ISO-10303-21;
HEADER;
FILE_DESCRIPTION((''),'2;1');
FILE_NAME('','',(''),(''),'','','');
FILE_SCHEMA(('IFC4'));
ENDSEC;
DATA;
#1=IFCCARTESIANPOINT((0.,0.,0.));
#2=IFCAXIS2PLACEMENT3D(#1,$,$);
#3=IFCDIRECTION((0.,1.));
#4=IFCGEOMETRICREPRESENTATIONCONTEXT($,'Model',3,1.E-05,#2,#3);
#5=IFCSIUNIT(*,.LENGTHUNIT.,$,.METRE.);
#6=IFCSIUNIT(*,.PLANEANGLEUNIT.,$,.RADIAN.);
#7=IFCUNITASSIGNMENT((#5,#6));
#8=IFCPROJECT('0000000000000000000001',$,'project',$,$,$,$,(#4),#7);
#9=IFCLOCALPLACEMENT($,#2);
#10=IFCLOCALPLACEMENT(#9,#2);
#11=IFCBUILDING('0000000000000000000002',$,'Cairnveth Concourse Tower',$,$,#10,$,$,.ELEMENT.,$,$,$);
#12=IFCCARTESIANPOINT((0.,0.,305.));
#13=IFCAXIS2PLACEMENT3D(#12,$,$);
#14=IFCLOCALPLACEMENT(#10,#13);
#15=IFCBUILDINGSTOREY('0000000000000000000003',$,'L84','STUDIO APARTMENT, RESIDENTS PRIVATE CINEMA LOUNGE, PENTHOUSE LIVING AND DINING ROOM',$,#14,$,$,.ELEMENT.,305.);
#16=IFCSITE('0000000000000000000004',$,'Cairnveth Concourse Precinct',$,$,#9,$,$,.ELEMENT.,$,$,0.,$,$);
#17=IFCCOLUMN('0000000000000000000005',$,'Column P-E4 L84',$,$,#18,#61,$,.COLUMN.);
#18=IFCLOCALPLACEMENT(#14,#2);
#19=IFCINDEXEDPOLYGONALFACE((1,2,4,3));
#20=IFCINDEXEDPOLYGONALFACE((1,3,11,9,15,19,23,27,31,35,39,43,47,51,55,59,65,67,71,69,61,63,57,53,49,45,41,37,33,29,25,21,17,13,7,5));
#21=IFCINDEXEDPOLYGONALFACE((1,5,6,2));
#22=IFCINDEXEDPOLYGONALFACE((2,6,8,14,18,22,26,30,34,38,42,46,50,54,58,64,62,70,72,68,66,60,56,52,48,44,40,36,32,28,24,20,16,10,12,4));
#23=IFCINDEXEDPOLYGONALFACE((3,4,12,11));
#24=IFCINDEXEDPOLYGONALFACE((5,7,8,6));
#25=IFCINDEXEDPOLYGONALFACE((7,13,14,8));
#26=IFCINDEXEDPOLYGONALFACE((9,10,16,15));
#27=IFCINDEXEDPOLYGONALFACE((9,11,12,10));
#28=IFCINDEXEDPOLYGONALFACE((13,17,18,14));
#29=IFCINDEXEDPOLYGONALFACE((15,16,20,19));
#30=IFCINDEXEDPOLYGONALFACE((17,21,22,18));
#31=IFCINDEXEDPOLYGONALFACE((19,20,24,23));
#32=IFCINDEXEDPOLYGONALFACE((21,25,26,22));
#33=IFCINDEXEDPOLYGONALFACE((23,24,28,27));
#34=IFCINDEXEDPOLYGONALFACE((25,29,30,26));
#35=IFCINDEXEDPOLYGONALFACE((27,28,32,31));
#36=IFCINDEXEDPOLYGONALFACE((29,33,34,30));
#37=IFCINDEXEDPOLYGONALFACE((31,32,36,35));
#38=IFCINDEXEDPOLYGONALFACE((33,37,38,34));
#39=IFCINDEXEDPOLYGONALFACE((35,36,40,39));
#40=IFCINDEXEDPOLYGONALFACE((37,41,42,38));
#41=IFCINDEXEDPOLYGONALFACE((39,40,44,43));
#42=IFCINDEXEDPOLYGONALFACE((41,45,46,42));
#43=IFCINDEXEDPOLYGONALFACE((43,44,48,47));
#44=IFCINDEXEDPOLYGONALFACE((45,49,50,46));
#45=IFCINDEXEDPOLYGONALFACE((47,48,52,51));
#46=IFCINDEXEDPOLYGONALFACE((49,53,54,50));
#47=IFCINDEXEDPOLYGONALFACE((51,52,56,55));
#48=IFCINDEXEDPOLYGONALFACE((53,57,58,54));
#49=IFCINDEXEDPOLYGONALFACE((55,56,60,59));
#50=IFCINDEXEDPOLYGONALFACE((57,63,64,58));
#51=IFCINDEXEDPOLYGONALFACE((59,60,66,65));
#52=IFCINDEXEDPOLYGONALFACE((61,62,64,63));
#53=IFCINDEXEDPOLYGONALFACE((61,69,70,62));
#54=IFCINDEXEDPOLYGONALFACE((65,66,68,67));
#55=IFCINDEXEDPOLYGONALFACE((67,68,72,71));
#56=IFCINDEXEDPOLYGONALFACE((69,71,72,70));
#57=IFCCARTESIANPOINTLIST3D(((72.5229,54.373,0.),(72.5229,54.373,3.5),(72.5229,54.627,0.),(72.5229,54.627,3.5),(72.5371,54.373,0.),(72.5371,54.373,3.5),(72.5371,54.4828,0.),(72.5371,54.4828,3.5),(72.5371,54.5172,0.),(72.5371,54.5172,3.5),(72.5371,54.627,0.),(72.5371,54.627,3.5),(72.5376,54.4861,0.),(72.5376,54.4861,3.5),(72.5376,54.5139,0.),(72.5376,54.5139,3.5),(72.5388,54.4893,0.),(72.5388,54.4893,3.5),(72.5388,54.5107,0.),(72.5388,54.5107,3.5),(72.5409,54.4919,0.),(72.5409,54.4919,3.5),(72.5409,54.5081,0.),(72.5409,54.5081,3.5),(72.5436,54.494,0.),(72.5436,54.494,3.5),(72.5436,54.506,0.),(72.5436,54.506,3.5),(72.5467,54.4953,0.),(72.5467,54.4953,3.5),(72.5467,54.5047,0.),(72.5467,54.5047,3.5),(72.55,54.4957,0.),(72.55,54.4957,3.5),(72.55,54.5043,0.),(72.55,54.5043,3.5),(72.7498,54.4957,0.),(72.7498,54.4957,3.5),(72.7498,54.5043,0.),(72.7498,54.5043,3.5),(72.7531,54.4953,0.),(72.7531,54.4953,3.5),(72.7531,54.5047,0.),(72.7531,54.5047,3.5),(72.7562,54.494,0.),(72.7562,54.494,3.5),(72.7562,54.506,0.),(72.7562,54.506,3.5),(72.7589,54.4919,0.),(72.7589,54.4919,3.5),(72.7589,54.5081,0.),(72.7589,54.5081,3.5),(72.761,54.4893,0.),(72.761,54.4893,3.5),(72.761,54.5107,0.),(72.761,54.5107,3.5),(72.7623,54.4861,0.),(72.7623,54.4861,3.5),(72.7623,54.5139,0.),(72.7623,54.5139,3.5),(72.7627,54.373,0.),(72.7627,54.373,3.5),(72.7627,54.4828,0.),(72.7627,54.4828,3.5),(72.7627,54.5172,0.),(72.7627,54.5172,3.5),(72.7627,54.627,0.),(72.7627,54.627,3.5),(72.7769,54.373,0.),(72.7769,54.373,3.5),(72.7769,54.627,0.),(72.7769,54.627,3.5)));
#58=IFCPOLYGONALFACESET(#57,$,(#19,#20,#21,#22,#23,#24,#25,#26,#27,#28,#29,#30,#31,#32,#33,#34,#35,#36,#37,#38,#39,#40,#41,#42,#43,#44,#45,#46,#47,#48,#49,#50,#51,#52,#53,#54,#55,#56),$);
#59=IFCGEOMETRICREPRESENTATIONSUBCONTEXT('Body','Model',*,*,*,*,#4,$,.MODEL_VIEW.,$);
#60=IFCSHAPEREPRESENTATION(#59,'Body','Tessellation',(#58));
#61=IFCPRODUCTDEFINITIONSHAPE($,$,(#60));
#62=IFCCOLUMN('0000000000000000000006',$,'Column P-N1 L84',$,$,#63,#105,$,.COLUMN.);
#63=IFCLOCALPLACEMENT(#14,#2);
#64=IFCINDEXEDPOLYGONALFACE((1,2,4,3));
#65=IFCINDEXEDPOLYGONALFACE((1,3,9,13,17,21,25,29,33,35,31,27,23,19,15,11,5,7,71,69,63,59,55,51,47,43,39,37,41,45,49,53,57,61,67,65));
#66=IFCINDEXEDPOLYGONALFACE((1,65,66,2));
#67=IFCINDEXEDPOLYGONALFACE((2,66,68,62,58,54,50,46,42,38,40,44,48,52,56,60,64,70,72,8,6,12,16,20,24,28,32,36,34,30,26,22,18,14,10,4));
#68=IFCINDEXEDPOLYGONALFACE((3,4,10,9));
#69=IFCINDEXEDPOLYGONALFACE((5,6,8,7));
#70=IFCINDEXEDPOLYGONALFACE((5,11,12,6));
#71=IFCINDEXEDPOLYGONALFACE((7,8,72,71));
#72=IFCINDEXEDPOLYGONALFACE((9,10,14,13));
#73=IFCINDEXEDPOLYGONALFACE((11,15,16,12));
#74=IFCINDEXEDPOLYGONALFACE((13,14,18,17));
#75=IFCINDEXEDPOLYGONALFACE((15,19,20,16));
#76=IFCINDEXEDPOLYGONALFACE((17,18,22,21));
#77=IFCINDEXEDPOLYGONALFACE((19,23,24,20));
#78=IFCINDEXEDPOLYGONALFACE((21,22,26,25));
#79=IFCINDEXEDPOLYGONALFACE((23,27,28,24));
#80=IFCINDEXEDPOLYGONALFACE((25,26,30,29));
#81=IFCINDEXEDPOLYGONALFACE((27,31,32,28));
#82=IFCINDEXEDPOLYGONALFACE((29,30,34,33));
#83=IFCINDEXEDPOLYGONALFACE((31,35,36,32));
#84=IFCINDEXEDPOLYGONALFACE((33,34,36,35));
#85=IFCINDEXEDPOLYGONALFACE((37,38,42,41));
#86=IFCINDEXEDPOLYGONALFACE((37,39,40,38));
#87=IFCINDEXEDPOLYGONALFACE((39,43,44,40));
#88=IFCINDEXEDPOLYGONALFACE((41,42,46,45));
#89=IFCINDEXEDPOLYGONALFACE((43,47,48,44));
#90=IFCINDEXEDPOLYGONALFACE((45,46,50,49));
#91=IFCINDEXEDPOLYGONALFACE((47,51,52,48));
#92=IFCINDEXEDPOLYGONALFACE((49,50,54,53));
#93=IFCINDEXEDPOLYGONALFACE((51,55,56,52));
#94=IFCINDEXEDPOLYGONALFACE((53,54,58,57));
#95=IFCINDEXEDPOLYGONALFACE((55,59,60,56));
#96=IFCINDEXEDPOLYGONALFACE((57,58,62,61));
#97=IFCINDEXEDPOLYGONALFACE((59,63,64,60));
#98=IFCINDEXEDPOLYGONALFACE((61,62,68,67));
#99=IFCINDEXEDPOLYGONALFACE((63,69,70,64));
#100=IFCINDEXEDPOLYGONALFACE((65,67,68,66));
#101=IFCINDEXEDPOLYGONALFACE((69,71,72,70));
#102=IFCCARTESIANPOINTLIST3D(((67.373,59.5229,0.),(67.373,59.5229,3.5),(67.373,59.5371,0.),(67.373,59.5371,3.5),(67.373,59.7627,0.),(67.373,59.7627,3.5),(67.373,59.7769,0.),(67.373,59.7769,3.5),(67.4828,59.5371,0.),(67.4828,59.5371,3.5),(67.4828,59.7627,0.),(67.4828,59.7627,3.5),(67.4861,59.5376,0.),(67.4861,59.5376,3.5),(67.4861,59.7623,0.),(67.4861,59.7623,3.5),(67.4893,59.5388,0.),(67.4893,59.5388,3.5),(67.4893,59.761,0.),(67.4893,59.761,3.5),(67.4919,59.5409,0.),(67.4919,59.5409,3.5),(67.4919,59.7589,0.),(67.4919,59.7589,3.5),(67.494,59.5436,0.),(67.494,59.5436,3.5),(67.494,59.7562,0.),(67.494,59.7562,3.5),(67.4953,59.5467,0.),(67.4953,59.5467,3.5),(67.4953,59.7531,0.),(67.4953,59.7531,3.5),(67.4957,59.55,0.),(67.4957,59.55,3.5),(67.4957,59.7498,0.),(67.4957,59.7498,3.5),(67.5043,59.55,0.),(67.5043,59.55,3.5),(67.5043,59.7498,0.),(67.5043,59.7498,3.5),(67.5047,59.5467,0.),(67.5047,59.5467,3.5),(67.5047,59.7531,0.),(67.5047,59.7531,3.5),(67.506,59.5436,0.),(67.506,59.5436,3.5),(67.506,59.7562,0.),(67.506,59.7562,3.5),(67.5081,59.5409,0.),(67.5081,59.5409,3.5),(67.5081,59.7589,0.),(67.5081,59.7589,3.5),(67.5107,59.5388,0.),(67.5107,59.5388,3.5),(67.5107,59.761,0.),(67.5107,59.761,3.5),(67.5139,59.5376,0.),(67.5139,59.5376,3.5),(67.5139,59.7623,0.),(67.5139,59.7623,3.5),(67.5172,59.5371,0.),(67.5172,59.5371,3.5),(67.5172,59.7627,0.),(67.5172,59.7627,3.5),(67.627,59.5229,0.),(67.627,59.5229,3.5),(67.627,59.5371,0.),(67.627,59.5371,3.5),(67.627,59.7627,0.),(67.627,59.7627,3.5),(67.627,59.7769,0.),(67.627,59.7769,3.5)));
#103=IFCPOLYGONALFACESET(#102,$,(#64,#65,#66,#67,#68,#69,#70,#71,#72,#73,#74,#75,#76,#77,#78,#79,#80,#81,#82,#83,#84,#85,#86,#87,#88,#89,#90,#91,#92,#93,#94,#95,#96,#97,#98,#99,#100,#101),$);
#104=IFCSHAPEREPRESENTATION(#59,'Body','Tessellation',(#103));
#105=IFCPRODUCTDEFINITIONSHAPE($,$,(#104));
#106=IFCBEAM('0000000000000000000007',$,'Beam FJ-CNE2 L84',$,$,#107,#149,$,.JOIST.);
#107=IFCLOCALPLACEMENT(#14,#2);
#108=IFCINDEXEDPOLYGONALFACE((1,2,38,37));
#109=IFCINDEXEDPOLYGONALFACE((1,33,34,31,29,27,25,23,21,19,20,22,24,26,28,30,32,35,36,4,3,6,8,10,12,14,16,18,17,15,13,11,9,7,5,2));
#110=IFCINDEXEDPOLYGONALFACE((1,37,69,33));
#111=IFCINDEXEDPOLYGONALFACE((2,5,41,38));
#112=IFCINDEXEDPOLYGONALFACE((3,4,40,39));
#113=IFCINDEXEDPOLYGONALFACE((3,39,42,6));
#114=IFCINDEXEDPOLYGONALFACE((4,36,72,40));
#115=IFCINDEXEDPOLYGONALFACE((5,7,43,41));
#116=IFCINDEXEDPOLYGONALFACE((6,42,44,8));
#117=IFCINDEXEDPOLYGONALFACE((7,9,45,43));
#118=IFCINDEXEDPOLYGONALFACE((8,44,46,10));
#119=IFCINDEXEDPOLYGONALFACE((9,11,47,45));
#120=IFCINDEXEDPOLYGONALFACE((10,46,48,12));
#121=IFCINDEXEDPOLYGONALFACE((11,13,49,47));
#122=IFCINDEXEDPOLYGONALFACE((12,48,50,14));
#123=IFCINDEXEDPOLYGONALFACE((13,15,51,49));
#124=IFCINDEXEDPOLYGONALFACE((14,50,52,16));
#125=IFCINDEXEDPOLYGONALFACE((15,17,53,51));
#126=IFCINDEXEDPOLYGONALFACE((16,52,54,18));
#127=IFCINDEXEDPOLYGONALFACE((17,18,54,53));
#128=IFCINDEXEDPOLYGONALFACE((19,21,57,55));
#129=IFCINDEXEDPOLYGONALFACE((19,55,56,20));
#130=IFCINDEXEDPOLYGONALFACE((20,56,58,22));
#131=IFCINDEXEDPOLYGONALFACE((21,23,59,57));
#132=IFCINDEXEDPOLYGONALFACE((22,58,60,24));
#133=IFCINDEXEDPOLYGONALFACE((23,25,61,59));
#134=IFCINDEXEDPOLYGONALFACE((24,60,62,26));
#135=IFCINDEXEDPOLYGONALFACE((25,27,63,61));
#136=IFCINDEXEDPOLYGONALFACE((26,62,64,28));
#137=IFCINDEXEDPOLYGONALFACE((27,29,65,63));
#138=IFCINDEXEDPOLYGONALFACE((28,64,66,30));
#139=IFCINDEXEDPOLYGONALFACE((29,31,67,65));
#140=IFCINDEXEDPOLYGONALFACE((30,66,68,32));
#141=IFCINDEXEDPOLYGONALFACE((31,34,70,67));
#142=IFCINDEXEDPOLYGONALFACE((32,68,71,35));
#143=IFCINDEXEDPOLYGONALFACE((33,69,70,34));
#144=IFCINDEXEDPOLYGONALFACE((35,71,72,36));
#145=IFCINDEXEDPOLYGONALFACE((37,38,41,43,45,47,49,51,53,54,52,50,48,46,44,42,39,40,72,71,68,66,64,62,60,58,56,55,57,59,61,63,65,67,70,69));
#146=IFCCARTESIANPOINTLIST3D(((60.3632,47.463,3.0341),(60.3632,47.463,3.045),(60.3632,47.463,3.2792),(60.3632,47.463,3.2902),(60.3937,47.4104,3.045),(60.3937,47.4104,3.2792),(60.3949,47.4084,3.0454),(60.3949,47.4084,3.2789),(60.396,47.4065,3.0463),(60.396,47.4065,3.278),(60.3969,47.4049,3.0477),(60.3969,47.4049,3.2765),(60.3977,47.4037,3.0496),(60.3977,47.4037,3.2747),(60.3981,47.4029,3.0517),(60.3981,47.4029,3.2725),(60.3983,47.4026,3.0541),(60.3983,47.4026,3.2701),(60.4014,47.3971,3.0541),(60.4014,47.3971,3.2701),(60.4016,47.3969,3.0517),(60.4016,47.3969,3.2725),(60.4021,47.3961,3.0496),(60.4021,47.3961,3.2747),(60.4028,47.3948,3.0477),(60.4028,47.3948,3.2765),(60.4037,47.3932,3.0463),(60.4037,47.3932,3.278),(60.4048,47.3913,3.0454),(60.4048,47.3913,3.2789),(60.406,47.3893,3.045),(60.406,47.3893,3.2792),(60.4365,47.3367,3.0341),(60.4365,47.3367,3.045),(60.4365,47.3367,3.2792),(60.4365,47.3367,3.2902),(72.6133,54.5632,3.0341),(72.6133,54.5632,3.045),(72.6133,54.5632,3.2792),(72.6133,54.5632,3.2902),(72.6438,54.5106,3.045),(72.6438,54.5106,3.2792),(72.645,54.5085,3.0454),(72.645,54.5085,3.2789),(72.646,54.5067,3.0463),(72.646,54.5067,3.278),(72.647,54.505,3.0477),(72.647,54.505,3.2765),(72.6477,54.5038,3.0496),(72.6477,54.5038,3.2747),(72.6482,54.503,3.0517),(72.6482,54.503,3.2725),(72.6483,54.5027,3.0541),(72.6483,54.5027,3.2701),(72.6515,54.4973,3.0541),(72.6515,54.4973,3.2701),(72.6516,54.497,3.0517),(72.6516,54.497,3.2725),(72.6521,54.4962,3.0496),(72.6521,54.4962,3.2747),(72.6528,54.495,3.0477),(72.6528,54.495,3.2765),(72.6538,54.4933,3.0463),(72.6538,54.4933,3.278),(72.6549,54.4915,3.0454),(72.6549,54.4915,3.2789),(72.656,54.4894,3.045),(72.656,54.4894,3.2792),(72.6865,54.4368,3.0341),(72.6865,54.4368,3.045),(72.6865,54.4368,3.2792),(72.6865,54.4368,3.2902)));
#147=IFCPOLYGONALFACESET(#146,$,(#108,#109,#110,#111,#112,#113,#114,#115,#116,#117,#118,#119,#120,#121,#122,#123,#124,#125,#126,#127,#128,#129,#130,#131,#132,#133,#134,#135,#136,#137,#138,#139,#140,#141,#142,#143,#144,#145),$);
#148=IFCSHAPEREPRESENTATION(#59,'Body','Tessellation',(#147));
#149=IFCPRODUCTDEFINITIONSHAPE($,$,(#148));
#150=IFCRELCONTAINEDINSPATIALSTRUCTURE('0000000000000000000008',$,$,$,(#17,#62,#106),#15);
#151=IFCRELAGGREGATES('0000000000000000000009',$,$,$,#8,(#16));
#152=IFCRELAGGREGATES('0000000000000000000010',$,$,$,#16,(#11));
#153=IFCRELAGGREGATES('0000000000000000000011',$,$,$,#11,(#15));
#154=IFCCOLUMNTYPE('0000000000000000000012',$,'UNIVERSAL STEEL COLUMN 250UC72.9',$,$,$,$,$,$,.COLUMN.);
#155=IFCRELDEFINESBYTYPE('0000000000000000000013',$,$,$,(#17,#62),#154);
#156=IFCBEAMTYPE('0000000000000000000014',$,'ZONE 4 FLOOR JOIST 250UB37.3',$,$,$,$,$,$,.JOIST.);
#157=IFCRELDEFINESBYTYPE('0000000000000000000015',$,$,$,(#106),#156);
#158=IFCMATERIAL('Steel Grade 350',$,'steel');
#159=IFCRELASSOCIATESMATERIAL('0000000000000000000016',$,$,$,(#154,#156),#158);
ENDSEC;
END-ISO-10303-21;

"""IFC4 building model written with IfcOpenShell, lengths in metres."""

from ifc_helpers import new_model, si_unit, direction, frame, origin, origin_2d, place, context, subcontext, project, spatial, i_section, extrude, material, material_profile, profile_set, type_object, element, save


model = new_model("IFC4")

# Units and contexts
model_context = context("Model", 3, precision=1e-05, world=origin(), true_north=direction((0.0, 1.0)))
body_context = subcontext(model_context, "Body", "Model", "MODEL_VIEW")
ifc_project = project(units=[si_unit("LENGTHUNIT", "METRE"), si_unit("PLANEANGLEUNIT", "RADIAN")], contexts=[model_context])

# Site, building, storey
site_placement = place(None, origin())
site = spatial("IfcSite", under=ifc_project, at=site_placement, Name="Cairnveth Concourse Precinct", CompositionType="ELEMENT", RefElevation=0.0)
building_placement = place(site_placement, origin())
building = spatial("IfcBuilding", under=site, at=building_placement, Name="Cairnveth Concourse Tower", CompositionType="ELEMENT")
storey_placement = place(building_placement, frame((0.0, 0.0, 305.0)))
storey = spatial("IfcBuildingStorey", under=building, at=storey_placement, Name="L84", Description="STUDIO APARTMENT, RESIDENTS PRIVATE CINEMA LOUNGE, PENTHOUSE LIVING AND DINING ROOM", CompositionType="ELEMENT", Elevation=305.0)

# Columns
ifc_material_1 = material(Name="Steel Grade 350", Category="steel")
ifc_material_profile_1 = material_profile(ifc_material_1, i_section(OverallWidth=0.2539, OverallDepth=0.2539, WebThickness=0.0085, FlangeThickness=0.0142, FilletRadius=0.0129, at=origin_2d()), Name="250UC72.9")
ifc_profile_set_1 = profile_set([ifc_material_profile_1], Name="Steel Grade 350")
column_type = type_object("IfcColumnType", Name="UNIVERSAL STEEL COLUMN 250UC72.9", PredefinedType="COLUMN", material=ifc_profile_set_1)
for number, where, z_axis, x_axis, name in (
    (1, (72.6499, 54.5, 0.0), (0.0, 0.0, 1.0), (0.0, 1.0, 0.0), "Column P-E4 L84"),
    (2, (67.5, 59.6499, 0.0), (0.0, 0.0, 1.0), (1.0, 0.0, 0.0), "Column P-N1 L84"),
):
    element("IfcColumn", number, at=place(storey_placement, frame(where, z_axis=z_axis, x_axis=x_axis)), inside=storey, type_object=column_type, Name=name, PredefinedType="COLUMN", context=body_context, shape_type="SweptSolid", body=[
        extrude(i_section(OverallWidth=0.2539, OverallDepth=0.2539, WebThickness=0.0085, FlangeThickness=0.0142, FilletRadius=0.0129, at=origin_2d()), origin(), (0.0, 0.0, 1.0), 3.5),
    ])

# Beam
ifc_material_profile_2 = material_profile(ifc_material_1, i_section(OverallWidth=0.146, OverallDepth=0.2561, WebThickness=0.0063, FlangeThickness=0.011, FilletRadius=0.009, at=origin_2d()), Name="250UB37.3")
ifc_profile_set_2 = profile_set([ifc_material_profile_2], Name="Steel Grade 350")
beam_type_1 = type_object("IfcBeamType", Name="ZONE 4 FLOOR JOIST 250UB37.3", PredefinedType="JOIST", material=ifc_profile_set_2)
beam_1_placement = place(storey_placement, frame((72.6499, 54.5, 3.1621), z_axis=(-0.865181, -0.501459, 0.0), x_axis=(0.501459, -0.865181, 0.0)))
element("IfcBeam", 3, at=beam_1_placement, inside=storey, type_object=beam_type_1, Name="Beam FJ-CNE2 L84", PredefinedType="JOIST", context=body_context, shape_type="SweptSolid", body=[
    extrude(i_section(OverallWidth=0.146, OverallDepth=0.2561, WebThickness=0.0063, FlangeThickness=0.011, FilletRadius=0.009, at=origin_2d()), origin(), (0.0, 0.0, 1.0), 14.1589),
])

save(model, "model.ifc")
